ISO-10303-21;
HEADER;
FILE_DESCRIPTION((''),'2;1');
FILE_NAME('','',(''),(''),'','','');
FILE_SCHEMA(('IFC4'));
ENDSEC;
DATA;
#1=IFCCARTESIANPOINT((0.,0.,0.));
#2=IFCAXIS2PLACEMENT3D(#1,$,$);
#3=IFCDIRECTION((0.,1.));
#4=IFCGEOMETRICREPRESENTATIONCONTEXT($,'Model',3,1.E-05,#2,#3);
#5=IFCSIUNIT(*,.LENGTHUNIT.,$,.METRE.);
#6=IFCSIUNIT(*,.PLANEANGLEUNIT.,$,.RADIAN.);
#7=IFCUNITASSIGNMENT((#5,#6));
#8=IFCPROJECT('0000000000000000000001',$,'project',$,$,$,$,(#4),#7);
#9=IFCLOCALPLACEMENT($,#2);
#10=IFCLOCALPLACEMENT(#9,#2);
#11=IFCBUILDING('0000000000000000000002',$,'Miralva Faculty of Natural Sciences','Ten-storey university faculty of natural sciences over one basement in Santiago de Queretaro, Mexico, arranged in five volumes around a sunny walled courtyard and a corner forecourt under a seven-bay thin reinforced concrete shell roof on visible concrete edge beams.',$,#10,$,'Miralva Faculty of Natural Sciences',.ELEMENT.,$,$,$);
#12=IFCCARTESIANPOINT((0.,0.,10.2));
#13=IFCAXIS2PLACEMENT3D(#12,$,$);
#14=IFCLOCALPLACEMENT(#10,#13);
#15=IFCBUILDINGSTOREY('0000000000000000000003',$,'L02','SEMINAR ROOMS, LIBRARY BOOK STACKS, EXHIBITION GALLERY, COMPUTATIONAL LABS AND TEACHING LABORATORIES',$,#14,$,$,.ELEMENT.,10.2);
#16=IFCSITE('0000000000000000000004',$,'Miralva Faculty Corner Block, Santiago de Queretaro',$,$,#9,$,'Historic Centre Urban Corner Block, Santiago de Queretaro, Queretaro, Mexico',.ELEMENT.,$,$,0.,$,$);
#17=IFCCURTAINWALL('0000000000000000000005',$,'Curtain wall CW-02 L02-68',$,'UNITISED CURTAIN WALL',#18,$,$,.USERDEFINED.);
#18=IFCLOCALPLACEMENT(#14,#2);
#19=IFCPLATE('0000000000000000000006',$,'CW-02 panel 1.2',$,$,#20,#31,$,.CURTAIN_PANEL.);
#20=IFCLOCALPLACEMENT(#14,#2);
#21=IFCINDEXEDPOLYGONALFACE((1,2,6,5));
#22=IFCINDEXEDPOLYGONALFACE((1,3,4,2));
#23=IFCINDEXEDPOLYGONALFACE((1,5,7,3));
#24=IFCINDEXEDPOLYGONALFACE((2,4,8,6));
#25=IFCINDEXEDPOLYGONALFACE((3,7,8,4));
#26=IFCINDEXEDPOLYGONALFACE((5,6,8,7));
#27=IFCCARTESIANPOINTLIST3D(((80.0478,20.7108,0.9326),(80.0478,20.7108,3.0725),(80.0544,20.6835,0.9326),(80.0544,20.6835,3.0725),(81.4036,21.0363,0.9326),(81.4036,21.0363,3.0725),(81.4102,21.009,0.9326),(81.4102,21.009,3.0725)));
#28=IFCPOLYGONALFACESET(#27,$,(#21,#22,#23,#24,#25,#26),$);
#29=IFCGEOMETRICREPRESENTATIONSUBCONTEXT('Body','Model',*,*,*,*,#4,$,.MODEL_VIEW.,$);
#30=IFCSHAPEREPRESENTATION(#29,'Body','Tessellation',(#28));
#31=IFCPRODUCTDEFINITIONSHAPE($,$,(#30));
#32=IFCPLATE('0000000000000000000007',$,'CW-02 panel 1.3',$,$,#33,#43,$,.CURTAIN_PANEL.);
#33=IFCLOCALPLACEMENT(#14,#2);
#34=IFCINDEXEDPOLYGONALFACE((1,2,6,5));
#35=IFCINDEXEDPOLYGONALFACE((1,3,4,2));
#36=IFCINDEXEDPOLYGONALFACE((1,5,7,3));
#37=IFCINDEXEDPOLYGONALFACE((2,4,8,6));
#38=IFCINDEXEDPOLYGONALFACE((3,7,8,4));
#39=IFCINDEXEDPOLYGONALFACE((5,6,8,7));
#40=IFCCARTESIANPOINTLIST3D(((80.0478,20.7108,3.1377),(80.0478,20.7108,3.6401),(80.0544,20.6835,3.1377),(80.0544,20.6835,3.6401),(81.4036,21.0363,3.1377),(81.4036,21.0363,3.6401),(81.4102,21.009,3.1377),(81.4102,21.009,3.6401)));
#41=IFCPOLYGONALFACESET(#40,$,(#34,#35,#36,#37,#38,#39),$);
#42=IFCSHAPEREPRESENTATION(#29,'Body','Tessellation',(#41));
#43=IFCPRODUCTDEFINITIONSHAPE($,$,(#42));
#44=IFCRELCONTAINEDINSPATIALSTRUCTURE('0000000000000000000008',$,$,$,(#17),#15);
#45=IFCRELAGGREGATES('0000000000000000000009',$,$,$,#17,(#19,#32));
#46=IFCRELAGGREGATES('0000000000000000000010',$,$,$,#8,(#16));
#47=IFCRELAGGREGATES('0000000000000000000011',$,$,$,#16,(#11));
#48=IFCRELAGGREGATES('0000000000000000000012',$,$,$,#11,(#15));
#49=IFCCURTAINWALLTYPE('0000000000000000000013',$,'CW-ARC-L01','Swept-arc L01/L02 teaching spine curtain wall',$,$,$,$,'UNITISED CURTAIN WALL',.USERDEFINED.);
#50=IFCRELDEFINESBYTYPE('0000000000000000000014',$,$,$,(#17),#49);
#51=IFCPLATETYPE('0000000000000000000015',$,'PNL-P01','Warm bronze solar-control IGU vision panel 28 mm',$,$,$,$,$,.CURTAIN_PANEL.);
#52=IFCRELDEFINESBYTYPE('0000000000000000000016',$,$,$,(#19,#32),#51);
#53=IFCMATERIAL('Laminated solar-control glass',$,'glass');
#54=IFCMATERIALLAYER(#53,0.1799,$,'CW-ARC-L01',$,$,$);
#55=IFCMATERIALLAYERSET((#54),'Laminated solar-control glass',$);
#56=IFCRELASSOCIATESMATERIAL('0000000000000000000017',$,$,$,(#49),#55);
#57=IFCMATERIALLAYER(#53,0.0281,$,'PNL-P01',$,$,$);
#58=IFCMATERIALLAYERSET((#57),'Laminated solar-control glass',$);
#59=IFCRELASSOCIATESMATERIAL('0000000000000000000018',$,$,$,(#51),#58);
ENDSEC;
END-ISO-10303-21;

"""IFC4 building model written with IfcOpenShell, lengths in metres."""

from ifc_helpers import new_model, si_unit, direction, frame, origin, origin_2d, place, context, subcontext, project, spatial, rectangle, extrude, material, layer, layer_set, type_object, element, aggregate, save


model = new_model("IFC4")

# Units and contexts
model_context = context("Model", 3, precision=1e-05, world=origin(), true_north=direction((0.0, 1.0)))
body_context = subcontext(model_context, "Body", "Model", "MODEL_VIEW")
ifc_project = project(units=[si_unit("LENGTHUNIT", "METRE"), si_unit("PLANEANGLEUNIT", "RADIAN")], contexts=[model_context])

# Site, building, storey
site_placement = place(None, origin())
site = spatial("IfcSite", under=ifc_project, at=site_placement, Name="Miralva Faculty Corner Block, Santiago de Queretaro", LongName="Historic Centre Urban Corner Block, Santiago de Queretaro, Queretaro, Mexico", CompositionType="ELEMENT", RefElevation=0.0)
building_placement = place(site_placement, origin())
building = spatial("IfcBuilding", under=site, at=building_placement, Name="Miralva Faculty of Natural Sciences", Description="Ten-storey university faculty of natural sciences over one basement in Santiago de Queretaro, Mexico, arranged in five volumes around a sunny walled courtyard and a corner forecourt under a seven-bay thin reinforced concrete shell roof on visible concrete edge beams.", LongName="Miralva Faculty of Natural Sciences", CompositionType="ELEMENT")
storey_placement = place(building_placement, frame((0.0, 0.0, 10.2)))
storey = spatial("IfcBuildingStorey", under=building, at=storey_placement, Name="L02", Description="SEMINAR ROOMS, LIBRARY BOOK STACKS, EXHIBITION GALLERY, COMPUTATIONAL LABS AND TEACHING LABORATORIES", CompositionType="ELEMENT", Elevation=10.2)

# Curtain wall
ifc_material_1 = material(Name="Laminated solar-control glass", Category="glass")
ifc_layer_1 = layer(ifc_material_1, 0.1799, Name="CW-ARC-L01")
ifc_layer_set_1 = layer_set([ifc_layer_1], Name="Laminated solar-control glass")
curtain_wall_type = type_object("IfcCurtainWallType", Name="CW-ARC-L01", Description="Swept-arc L01/L02 teaching spine curtain wall", ElementType="UNITISED CURTAIN WALL", PredefinedType="USERDEFINED", material=ifc_layer_set_1)
curtain_wall_1_placement = place(storey_placement, origin())
curtain_wall_1 = element("IfcCurtainWall", 1, at=curtain_wall_1_placement, inside=storey, type_object=curtain_wall_type, Name="Curtain wall CW-02 L02-68", ObjectType="UNITISED CURTAIN WALL", PredefinedType="USERDEFINED")

# Plates
ifc_layer_2 = layer(ifc_material_1, 0.0281, Name="PNL-P01")
ifc_layer_set_2 = layer_set([ifc_layer_2], Name="Laminated solar-control glass")
plate_type = type_object("IfcPlateType", Name="PNL-P01", Description="Warm bronze solar-control IGU vision panel 28 mm", PredefinedType="CURTAIN_PANEL", material=ifc_layer_set_2)
plate_1_placement = place(storey_placement, frame((80.729, 20.8599, 0.9326), z_axis=(0.0, 0.0, 1.0), x_axis=(0.972365, 0.233464, 0.0)))
plate_1 = element("IfcPlate", 2, at=plate_1_placement, type_object=plate_type, Name="CW-02 panel 1.2", PredefinedType="CURTAIN_PANEL", context=body_context, shape_type="SweptSolid", body=[
    extrude(rectangle(XDim=1.3943, YDim=0.0281, at=origin_2d()), origin(), (0.0, 0.0, 1.0), 2.1399),
])
plate_2_placement = place(storey_placement, frame((80.729, 20.8599, 3.1377), z_axis=(0.0, 0.0, 1.0), x_axis=(0.972365, 0.233464, 0.0)))
plate_2 = element("IfcPlate", 3, at=plate_2_placement, type_object=plate_type, Name="CW-02 panel 1.3", PredefinedType="CURTAIN_PANEL", context=body_context, shape_type="SweptSolid", body=[
    extrude(rectangle(XDim=1.3943, YDim=0.0281, at=origin_2d()), origin(), (0.0, 0.0, 1.0), 0.5024),
])
aggregate(curtain_wall_1, [plate_1, plate_2])

save(model, "model.ifc")
